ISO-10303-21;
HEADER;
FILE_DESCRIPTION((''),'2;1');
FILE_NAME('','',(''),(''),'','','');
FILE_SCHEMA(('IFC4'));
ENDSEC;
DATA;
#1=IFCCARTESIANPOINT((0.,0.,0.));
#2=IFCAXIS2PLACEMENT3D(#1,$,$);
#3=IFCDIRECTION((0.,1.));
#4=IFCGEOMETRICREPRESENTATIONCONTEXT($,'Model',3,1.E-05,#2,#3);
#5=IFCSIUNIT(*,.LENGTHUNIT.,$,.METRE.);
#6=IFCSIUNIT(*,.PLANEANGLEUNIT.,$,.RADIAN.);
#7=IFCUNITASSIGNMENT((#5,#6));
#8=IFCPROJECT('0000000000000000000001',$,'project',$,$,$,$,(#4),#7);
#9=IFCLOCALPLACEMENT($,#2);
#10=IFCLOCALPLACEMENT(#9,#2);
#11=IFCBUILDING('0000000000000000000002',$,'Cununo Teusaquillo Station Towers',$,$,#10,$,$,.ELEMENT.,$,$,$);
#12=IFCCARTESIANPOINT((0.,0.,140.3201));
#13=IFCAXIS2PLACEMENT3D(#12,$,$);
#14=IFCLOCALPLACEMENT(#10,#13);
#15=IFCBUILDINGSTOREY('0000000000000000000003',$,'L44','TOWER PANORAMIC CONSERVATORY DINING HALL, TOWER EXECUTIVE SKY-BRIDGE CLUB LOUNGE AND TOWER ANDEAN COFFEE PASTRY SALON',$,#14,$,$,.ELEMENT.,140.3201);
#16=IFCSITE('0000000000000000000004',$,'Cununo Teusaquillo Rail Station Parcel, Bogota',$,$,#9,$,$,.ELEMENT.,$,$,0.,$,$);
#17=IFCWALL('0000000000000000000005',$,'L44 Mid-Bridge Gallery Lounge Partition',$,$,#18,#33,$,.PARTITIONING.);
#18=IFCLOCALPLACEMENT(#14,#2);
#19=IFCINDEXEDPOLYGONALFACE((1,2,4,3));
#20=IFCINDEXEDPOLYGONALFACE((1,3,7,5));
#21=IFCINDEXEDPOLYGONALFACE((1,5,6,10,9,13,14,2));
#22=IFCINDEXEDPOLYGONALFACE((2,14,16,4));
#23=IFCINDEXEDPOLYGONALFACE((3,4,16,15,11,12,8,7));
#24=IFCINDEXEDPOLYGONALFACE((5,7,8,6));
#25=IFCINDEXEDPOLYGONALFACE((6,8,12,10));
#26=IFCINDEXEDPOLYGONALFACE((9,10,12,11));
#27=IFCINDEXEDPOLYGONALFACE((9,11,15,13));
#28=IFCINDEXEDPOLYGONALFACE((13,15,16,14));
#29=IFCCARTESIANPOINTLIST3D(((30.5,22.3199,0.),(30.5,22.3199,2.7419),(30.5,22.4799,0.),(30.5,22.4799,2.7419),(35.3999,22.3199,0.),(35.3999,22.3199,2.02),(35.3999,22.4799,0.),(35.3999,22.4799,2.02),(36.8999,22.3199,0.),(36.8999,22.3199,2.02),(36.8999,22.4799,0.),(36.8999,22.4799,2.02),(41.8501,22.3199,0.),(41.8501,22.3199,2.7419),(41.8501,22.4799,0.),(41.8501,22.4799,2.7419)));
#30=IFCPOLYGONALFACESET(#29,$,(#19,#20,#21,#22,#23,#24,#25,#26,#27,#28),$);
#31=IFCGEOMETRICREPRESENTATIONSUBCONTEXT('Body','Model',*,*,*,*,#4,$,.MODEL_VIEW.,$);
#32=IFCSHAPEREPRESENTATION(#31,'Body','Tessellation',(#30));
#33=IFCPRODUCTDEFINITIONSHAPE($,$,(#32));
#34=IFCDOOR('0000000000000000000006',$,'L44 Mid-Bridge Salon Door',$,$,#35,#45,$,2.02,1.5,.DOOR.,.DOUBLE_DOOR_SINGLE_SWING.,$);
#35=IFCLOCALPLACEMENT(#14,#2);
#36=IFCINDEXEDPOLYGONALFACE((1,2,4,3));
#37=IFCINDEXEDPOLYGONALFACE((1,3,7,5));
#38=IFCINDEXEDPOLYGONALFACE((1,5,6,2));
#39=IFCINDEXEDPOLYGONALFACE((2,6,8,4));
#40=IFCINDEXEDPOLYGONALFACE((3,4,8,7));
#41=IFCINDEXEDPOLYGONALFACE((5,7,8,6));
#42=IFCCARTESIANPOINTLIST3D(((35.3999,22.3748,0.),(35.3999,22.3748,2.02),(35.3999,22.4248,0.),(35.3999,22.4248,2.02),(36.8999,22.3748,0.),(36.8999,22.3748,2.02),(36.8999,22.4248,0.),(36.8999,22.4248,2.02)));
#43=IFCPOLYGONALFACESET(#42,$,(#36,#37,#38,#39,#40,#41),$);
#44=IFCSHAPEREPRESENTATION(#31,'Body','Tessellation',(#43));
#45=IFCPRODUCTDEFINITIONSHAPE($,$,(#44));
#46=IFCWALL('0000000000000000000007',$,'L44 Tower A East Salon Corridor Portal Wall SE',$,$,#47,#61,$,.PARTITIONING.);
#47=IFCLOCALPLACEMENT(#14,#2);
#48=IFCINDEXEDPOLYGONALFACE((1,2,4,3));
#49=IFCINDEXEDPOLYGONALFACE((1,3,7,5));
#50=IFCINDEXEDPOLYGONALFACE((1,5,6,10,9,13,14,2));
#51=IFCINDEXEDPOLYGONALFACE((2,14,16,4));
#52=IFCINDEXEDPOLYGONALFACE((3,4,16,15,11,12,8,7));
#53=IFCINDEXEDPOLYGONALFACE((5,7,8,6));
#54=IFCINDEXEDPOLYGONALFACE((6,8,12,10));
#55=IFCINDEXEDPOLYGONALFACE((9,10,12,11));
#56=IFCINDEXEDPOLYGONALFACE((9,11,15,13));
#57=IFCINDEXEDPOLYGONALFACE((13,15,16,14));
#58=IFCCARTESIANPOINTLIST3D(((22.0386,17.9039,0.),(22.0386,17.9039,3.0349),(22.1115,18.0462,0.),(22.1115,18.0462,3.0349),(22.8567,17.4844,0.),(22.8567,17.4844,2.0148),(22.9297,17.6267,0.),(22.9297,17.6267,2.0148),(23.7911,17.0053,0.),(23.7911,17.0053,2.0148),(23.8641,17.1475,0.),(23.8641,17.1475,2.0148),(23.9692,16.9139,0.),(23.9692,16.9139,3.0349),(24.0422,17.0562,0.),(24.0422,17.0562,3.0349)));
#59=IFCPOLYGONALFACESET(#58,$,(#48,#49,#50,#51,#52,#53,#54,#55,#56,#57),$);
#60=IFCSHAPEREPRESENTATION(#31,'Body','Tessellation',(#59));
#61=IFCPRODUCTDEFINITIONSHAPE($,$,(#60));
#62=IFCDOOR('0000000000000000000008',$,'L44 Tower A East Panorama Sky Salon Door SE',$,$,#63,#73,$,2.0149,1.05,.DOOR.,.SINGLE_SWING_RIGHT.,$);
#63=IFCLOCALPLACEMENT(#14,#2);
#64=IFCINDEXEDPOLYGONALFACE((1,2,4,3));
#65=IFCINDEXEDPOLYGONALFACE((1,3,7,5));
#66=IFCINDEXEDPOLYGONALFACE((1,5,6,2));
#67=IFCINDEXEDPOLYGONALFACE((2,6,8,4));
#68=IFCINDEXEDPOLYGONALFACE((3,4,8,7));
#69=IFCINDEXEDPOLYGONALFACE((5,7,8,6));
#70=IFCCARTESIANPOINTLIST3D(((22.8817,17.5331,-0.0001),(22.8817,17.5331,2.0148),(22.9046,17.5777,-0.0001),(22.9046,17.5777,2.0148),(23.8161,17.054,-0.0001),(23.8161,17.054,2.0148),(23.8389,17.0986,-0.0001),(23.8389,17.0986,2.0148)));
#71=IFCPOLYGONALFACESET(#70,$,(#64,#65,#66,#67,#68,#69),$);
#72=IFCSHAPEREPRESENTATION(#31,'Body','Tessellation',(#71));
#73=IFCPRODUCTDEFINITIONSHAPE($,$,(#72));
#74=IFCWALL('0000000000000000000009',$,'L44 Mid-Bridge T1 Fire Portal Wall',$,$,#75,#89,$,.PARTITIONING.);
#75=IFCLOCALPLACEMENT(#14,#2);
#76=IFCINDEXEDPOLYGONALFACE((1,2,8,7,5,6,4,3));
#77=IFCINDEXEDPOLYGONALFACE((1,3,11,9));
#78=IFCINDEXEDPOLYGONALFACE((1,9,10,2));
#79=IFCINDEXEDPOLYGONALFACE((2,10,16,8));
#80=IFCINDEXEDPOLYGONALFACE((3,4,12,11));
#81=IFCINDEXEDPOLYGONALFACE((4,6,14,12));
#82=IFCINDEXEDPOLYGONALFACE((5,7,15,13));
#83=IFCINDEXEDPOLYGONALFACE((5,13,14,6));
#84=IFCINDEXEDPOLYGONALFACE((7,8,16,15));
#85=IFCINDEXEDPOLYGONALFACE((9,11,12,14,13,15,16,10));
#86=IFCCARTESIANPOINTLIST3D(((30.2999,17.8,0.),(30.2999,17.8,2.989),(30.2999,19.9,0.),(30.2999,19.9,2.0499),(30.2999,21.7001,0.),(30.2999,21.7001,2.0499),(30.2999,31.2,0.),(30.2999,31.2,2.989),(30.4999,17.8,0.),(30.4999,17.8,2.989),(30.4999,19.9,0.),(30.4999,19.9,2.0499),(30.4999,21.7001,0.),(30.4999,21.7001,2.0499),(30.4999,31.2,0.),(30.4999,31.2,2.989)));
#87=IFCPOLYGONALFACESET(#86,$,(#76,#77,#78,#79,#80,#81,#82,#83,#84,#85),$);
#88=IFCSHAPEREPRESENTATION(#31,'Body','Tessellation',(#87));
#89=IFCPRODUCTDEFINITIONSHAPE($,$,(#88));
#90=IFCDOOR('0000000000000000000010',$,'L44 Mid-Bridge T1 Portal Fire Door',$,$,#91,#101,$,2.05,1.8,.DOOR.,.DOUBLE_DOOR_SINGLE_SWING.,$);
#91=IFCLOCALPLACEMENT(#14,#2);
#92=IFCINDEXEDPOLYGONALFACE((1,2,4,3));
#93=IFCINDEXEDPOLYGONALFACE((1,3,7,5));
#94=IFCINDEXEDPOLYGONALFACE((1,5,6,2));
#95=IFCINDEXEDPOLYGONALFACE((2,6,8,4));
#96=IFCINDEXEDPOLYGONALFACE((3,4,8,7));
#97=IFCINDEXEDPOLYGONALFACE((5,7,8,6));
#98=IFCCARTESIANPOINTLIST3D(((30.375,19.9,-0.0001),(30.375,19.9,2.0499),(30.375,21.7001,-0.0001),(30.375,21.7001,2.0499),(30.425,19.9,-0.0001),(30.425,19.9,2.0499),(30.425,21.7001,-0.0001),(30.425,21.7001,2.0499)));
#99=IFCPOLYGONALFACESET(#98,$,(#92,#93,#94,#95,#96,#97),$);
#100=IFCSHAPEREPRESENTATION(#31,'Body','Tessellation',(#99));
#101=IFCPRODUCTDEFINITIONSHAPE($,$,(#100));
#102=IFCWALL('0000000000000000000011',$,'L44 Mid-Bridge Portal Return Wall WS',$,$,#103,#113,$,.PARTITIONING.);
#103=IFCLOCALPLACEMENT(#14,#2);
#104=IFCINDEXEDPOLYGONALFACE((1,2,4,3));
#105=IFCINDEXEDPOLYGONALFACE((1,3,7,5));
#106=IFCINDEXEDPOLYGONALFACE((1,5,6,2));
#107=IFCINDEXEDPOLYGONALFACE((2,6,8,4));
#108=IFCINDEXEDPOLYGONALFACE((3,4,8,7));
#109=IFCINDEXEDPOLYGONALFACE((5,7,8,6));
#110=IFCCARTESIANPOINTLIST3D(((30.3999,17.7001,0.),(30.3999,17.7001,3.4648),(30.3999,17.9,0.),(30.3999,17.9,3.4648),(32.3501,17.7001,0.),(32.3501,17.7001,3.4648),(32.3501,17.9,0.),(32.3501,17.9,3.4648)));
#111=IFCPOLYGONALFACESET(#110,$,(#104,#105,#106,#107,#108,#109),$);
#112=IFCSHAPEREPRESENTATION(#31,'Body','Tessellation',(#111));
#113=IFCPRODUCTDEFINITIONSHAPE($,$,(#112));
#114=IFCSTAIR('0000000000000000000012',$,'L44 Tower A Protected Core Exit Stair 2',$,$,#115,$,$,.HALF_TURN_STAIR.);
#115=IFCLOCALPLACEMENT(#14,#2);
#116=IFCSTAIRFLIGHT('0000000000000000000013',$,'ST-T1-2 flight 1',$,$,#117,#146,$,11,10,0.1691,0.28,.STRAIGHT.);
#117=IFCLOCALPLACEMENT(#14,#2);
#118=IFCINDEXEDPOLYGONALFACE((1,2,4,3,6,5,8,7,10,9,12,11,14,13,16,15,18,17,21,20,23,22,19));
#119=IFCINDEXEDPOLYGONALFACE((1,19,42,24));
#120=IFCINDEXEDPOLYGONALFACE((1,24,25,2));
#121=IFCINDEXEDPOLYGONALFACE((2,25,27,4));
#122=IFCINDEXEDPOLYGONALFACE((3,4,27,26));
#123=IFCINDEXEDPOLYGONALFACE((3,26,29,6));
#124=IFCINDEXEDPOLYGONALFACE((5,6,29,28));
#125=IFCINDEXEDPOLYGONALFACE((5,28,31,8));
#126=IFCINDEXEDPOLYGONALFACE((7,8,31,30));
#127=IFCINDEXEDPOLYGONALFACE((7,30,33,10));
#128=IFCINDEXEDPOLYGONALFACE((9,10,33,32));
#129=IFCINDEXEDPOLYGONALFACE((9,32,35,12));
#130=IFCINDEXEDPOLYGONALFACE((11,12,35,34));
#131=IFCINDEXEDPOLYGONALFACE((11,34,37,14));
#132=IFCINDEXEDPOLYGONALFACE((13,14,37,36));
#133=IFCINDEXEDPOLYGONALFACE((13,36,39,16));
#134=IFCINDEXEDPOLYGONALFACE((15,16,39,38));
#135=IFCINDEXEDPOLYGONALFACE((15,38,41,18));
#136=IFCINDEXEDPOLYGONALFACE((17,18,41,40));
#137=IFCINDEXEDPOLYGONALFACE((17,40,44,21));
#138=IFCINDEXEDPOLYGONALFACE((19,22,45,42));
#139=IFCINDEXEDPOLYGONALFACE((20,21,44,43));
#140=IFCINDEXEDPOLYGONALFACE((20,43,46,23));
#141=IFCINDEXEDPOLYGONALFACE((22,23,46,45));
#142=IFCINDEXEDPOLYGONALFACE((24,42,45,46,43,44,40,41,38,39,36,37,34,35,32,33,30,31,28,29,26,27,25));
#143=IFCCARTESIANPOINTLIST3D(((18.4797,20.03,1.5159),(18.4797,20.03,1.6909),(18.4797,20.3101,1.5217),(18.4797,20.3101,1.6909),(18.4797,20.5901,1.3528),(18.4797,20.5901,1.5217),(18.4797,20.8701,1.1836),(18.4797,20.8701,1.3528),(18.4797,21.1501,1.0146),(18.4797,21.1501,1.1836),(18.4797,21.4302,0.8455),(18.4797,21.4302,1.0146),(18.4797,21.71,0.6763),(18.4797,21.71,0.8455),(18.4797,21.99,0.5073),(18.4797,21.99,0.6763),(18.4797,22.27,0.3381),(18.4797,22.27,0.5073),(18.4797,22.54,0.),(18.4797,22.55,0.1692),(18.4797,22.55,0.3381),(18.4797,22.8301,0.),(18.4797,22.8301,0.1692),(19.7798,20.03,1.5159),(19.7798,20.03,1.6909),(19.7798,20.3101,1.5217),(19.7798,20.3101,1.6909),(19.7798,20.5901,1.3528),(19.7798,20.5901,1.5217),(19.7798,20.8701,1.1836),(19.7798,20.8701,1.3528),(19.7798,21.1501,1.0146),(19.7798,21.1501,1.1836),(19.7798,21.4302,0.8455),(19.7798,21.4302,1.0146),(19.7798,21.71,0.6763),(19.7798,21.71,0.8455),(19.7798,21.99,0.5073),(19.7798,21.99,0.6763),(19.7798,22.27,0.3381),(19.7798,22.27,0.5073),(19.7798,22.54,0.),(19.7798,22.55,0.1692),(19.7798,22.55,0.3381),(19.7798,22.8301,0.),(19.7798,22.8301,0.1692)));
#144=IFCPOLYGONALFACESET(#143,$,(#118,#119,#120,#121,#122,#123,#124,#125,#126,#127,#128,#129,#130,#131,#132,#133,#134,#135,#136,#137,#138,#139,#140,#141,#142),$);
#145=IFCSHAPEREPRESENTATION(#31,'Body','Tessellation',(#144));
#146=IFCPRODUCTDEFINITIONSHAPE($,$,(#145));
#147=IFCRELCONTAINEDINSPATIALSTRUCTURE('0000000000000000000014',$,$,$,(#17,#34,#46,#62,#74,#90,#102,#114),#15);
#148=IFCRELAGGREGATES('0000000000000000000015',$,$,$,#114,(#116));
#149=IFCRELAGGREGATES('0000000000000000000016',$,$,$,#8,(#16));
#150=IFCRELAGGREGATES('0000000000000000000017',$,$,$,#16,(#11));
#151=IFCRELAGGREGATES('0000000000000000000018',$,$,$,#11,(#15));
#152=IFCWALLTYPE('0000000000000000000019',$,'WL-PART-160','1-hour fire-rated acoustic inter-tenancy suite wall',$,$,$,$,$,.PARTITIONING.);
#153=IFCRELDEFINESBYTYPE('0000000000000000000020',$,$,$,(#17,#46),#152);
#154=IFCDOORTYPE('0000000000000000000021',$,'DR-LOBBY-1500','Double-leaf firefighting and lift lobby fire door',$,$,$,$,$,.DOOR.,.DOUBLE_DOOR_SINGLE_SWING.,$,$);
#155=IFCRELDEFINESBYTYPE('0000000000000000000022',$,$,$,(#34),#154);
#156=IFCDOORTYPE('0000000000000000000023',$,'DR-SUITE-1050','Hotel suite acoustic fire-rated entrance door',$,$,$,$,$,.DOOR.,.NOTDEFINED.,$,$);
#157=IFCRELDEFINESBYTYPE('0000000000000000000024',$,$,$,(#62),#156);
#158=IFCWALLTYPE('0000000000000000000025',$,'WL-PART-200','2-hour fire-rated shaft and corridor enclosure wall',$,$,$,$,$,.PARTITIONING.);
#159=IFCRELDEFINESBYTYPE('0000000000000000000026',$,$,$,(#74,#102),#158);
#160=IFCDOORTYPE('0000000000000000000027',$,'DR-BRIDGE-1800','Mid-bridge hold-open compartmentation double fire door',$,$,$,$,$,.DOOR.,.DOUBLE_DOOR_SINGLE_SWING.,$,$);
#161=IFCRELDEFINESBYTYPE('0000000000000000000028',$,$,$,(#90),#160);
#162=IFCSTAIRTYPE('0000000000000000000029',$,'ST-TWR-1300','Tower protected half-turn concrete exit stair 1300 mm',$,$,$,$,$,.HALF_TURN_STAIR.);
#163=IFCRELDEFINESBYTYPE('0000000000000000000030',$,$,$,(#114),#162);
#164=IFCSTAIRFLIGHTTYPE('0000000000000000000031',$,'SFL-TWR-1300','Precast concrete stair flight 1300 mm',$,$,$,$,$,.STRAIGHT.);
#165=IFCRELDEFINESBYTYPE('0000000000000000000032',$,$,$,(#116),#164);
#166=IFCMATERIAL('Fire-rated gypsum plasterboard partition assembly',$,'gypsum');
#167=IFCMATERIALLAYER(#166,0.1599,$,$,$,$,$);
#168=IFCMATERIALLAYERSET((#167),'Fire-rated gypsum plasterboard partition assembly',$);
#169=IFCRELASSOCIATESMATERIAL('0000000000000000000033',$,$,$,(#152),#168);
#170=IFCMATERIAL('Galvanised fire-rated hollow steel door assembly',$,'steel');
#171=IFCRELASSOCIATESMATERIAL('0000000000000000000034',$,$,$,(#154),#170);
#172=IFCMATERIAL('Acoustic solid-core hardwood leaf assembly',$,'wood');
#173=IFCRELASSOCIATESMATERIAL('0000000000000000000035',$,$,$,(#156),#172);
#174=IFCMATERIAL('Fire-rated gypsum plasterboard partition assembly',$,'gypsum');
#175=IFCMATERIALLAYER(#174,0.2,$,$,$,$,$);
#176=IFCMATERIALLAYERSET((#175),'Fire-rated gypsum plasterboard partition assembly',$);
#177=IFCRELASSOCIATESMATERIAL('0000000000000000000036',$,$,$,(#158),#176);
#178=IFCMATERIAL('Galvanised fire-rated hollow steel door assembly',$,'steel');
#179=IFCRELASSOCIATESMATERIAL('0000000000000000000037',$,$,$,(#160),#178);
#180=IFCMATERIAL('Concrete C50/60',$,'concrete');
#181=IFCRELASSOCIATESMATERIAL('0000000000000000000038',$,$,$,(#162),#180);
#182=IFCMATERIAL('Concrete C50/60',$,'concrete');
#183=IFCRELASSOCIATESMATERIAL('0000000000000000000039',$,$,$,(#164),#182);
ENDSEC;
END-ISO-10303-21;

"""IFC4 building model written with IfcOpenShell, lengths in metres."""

from ifc_helpers import new_model, si_unit, direction, frame, frame_2d, origin, place, context, subcontext, project, spatial, polyline, rectangle, outline, extrude, source, transform, mapped, material, layer, layer_set, type_object, element, fill, aggregate, save


model = new_model("IFC4")

# Units and contexts
model_context = context("Model", 3, precision=1e-05, world=origin(), true_north=direction((0.0, 1.0)))
body_context = subcontext(model_context, "Body", "Model", "MODEL_VIEW")
ifc_project = project(units=[si_unit("LENGTHUNIT", "METRE"), si_unit("PLANEANGLEUNIT", "RADIAN")], contexts=[model_context])

# Site, building, storey
site_placement = place(None, origin())
site = spatial("IfcSite", under=ifc_project, at=site_placement, Name="Cununo Teusaquillo Rail Station Parcel, Bogota", CompositionType="ELEMENT", RefElevation=0.0)
building_placement = place(site_placement, origin())
building = spatial("IfcBuilding", under=site, at=building_placement, Name="Cununo Teusaquillo Station Towers", CompositionType="ELEMENT")
storey_placement = place(building_placement, frame((0.0, 0.0, 140.3201)))
storey = spatial("IfcBuildingStorey", under=building, at=storey_placement, Name="L44", Description="TOWER PANORAMIC CONSERVATORY DINING HALL, TOWER EXECUTIVE SKY-BRIDGE CLUB LOUNGE AND TOWER ANDEAN COFFEE PASTRY SALON", CompositionType="ELEMENT", Elevation=140.3201)

# Walls, openings, doors
ifc_material_1 = material(Name="Fire-rated gypsum plasterboard partition assembly", Category="gypsum")
ifc_layer_1 = layer(ifc_material_1, 0.1599)
ifc_layer_set_1 = layer_set([ifc_layer_1], Name="Fire-rated gypsum plasterboard partition assembly")
wall_type_1 = type_object("IfcWallType", Name="WL-PART-160", Description="1-hour fire-rated acoustic inter-tenancy suite wall", PredefinedType="PARTITIONING", material=ifc_layer_set_1)
wall_1_placement = place(storey_placement, frame((30.5, 22.3999, 0.0), z_axis=(0.0, 0.0, 1.0), x_axis=(1.0, 0.0, 0.0)))
wall_1 = element("IfcWall", 1, at=wall_1_placement, inside=storey, type_object=wall_type_1, Name="L44 Mid-Bridge Gallery Lounge Partition", PredefinedType="PARTITIONING", context=body_context, shape_type="SweptSolid", body=[
    extrude(rectangle(XDim=11.3501, YDim=0.1599, at=frame_2d((5.675, 0.0))), origin(), (0.0, 0.0, 1.0), 2.7419),
])
shared_shape_1 = source(origin(), body_context, "Body", "SweptSolid", [
    extrude(rectangle(XDim=1.5, YDim=2.02, at=frame_2d((0.75, 1.01))), frame((0.0, 0.0898, 0.0), z_axis=(0.0, -1.0, 0.0), x_axis=(1.0, 0.0, 0.0)), (0.0, 0.0, 1.0), 0.1799),
])
opening_1_placement = place(wall_1_placement, frame((4.8999, 0.0, 0.0)))
opening_1 = element("IfcOpeningElement", 2, at=opening_1_placement, cuts=wall_1, PredefinedType="OPENING", context=body_context, shape_type="MappedRepresentation", body=[
    mapped(shared_shape_1, transform((0.0, 0.0, 0.0), x_axis=(1.0, 0.0, 0.0), y_axis=(0.0, 1.0, 0.0), z_axis=(0.0, 0.0, 1.0), scale=1.0)),
])
ifc_material_2 = material(Name="Galvanised fire-rated hollow steel door assembly", Category="steel")
door_type_1 = type_object("IfcDoorType", Name="DR-LOBBY-1500", Description="Double-leaf firefighting and lift lobby fire door", OperationType="DOUBLE_DOOR_SINGLE_SWING", PredefinedType="DOOR", material=ifc_material_2)
shared_shape_2 = source(origin(), body_context, "Body", "SweptSolid", [
    extrude(rectangle(XDim=1.5, YDim=2.02, at=frame_2d((0.75, 1.01))), frame((0.0, 0.0249, 0.0), z_axis=(0.0, -1.0, 0.0), x_axis=(1.0, 0.0, 0.0)), (0.0, 0.0, 1.0), 0.05),
])
door_1_placement = place(opening_1_placement, origin())
door_1 = element("IfcDoor", 3, at=door_1_placement, inside=storey, type_object=door_type_1, Name="L44 Mid-Bridge Salon Door", OperationType="DOUBLE_DOOR_SINGLE_SWING", OverallHeight=2.02, OverallWidth=1.5, PredefinedType="DOOR", context=body_context, shape_type="MappedRepresentation", body=[
    mapped(shared_shape_2, transform((0.0, 0.0, 0.0), x_axis=(1.0, 0.0, 0.0), y_axis=(0.0, 1.0, 0.0), z_axis=(0.0, 0.0, 1.0), scale=1.0)),
])
fill(opening_1, door_1)
wall_2_placement = place(storey_placement, frame((22.075, 17.9751, 0.0), z_axis=(0.0, 0.0, 1.0), x_axis=(0.889835, -0.456282, 0.0)))
wall_2 = element("IfcWall", 4, at=wall_2_placement, inside=storey, type_object=wall_type_1, Name="L44 Tower A East Salon Corridor Portal Wall SE", PredefinedType="PARTITIONING", context=body_context, shape_type="SweptSolid", body=[
    extrude(rectangle(XDim=2.1697, YDim=0.1599, at=frame_2d((1.085, 0.0))), origin(), (0.0, 0.0, 1.0), 3.0349),
])
shared_shape_3 = source(origin(), body_context, "Body", "SweptSolid", [
    extrude(rectangle(XDim=1.05, YDim=2.0149, at=frame_2d((0.5249, 1.0073))), frame((0.0, 0.0898, 0.0), z_axis=(0.0, -1.0, 0.0), x_axis=(1.0, 0.0, 0.0)), (0.0, 0.0, 1.0), 0.1799),
])
opening_2_placement = place(wall_2_placement, frame((0.9197, 0.0, 0.0)))
opening_2 = element("IfcOpeningElement", 5, at=opening_2_placement, cuts=wall_2, PredefinedType="OPENING", context=body_context, shape_type="MappedRepresentation", body=[
    mapped(shared_shape_3, transform((0.0, 0.0, 0.0), x_axis=(1.0, 0.0, 0.0), y_axis=(0.0, 1.0, 0.0), z_axis=(0.0, 0.0, 1.0), scale=1.0)),
])
ifc_material_3 = material(Name="Acoustic solid-core hardwood leaf assembly", Category="wood")
door_type_2 = type_object("IfcDoorType", Name="DR-SUITE-1050", Description="Hotel suite acoustic fire-rated entrance door", OperationType="NOTDEFINED", PredefinedType="DOOR", material=ifc_material_3)
shared_shape_4 = source(origin(), body_context, "Body", "SweptSolid", [
    extrude(rectangle(XDim=1.05, YDim=2.0149, at=frame_2d((0.5249, 1.0073))), frame((0.0, 0.0249, 0.0), z_axis=(0.0, -1.0, 0.0), x_axis=(1.0, 0.0, 0.0)), (0.0, 0.0, 1.0), 0.05),
])
door_2_placement = place(opening_2_placement, origin())
door_2 = element("IfcDoor", 6, at=door_2_placement, inside=storey, type_object=door_type_2, Name="L44 Tower A East Panorama Sky Salon Door SE", OperationType="SINGLE_SWING_RIGHT", OverallHeight=2.0149, OverallWidth=1.05, PredefinedType="DOOR", context=body_context, shape_type="MappedRepresentation", body=[
    mapped(shared_shape_4, transform((0.0, 0.0, 0.0), x_axis=(1.0, 0.0, 0.0), y_axis=(0.0, 1.0, 0.0), z_axis=(0.0, 0.0, 1.0), scale=1.0)),
])
fill(opening_2, door_2)
ifc_material_4 = material(Name="Fire-rated gypsum plasterboard partition assembly", Category="gypsum")
ifc_layer_2 = layer(ifc_material_4, 0.2)
ifc_layer_set_2 = layer_set([ifc_layer_2], Name="Fire-rated gypsum plasterboard partition assembly")
wall_type_2 = type_object("IfcWallType", Name="WL-PART-200", Description="2-hour fire-rated shaft and corridor enclosure wall", PredefinedType="PARTITIONING", material=ifc_layer_set_2)
wall_3_placement = place(storey_placement, frame((30.3999, 17.8, 0.0), z_axis=(0.0, 0.0, 1.0), x_axis=(0.0, 1.0, 0.0)))
wall_3 = element("IfcWall", 7, at=wall_3_placement, inside=storey, type_object=wall_type_2, Name="L44 Mid-Bridge T1 Fire Portal Wall", PredefinedType="PARTITIONING", context=body_context, shape_type="SweptSolid", body=[
    extrude(rectangle(XDim=13.3999, YDim=0.2, at=frame_2d((6.7, 0.0))), origin(), (0.0, 0.0, 1.0), 2.989),
])
shared_shape_5 = source(origin(), body_context, "Body", "SweptSolid", [
    extrude(rectangle(XDim=1.8, YDim=2.05, at=frame_2d((0.8999, 1.0249))), frame((0.0, 0.1099, 0.0), z_axis=(0.0, -1.0, 0.0), x_axis=(1.0, 0.0, 0.0)), (0.0, 0.0, 1.0), 0.22),
])
opening_3_placement = place(wall_3_placement, frame((2.1001, 0.0, 0.0)))
opening_3 = element("IfcOpeningElement", 8, at=opening_3_placement, cuts=wall_3, PredefinedType="OPENING", context=body_context, shape_type="MappedRepresentation", body=[
    mapped(shared_shape_5, transform((0.0, 0.0, 0.0), x_axis=(1.0, 0.0, 0.0), y_axis=(0.0, 1.0, 0.0), z_axis=(0.0, 0.0, 1.0), scale=1.0)),
])
ifc_material_5 = material(Name="Galvanised fire-rated hollow steel door assembly", Category="steel")
door_type_3 = type_object("IfcDoorType", Name="DR-BRIDGE-1800", Description="Mid-bridge hold-open compartmentation double fire door", OperationType="DOUBLE_DOOR_SINGLE_SWING", PredefinedType="DOOR", material=ifc_material_5)
shared_shape_6 = source(origin(), body_context, "Body", "SweptSolid", [
    extrude(rectangle(XDim=1.8, YDim=2.05, at=frame_2d((0.8999, 1.0249))), frame((0.0, 0.0249, 0.0), z_axis=(0.0, -1.0, 0.0), x_axis=(1.0, 0.0, 0.0)), (0.0, 0.0, 1.0), 0.05),
])
door_3_placement = place(opening_3_placement, origin())
door_3 = element("IfcDoor", 9, at=door_3_placement, inside=storey, type_object=door_type_3, Name="L44 Mid-Bridge T1 Portal Fire Door", OperationType="DOUBLE_DOOR_SINGLE_SWING", OverallHeight=2.05, OverallWidth=1.8, PredefinedType="DOOR", context=body_context, shape_type="MappedRepresentation", body=[
    mapped(shared_shape_6, transform((0.0, 0.0, 0.0), x_axis=(1.0, 0.0, 0.0), y_axis=(0.0, 1.0, 0.0), z_axis=(0.0, 0.0, 1.0), scale=1.0)),
])
fill(opening_3, door_3)

# Wall
wall_4_placement = place(storey_placement, frame((30.3999, 17.8, 0.0), z_axis=(0.0, 0.0, 1.0), x_axis=(1.0, 0.0, 0.0)))
element("IfcWall", 10, at=wall_4_placement, inside=storey, type_object=wall_type_2, Name="L44 Mid-Bridge Portal Return Wall WS", PredefinedType="PARTITIONING", context=body_context, shape_type="SweptSolid", body=[
    extrude(rectangle(XDim=1.9502, YDim=0.2, at=frame_2d((0.9751, 0.0))), origin(), (0.0, 0.0, 1.0), 3.4648),
])

# Stair, stair flight
ifc_material_6 = material(Name="Concrete C50/60", Category="concrete")
stair_type = type_object("IfcStairType", Name="ST-TWR-1300", Description="Tower protected half-turn concrete exit stair 1300 mm", PredefinedType="HALF_TURN_STAIR", material=ifc_material_6)
stair_placement = place(storey_placement, origin())
stair = element("IfcStair", 11, at=stair_placement, inside=storey, type_object=stair_type, Name="L44 Tower A Protected Core Exit Stair 2", PredefinedType="HALF_TURN_STAIR")
ifc_material_7 = material(Name="Concrete C50/60", Category="concrete")
stair_flight_type = type_object("IfcStairFlightType", Name="SFL-TWR-1300", Description="Precast concrete stair flight 1300 mm", PredefinedType="STRAIGHT", material=ifc_material_7)
stair_flight_1_placement = place(storey_placement, frame((19.1299, 22.8301, 0.0), z_axis=(0.0, 0.0, 1.0), x_axis=(0.0, -1.0, 0.0)))
stair_flight_1 = element("IfcStairFlight", 12, at=stair_flight_1_placement, type_object=stair_flight_type, Name="ST-T1-2 flight 1", NumberOfRisers=11, NumberOfTreads=10, PredefinedType="STRAIGHT", RiserHeight=0.1691, TreadLength=0.28, context=body_context, shape_type="SweptSolid", body=[
    extrude(outline(polyline([(0.0, 0.0), (0.0, 0.1692), (0.28, 0.1692), (0.28, 0.3381), (0.5601, 0.3381), (0.5601, 0.5073), (0.8401, 0.5073), (0.8401, 0.6763), (1.1201, 0.6763), (1.1201, 0.8455), (1.3999, 0.8455), (1.3999, 1.0146), (1.6799, 1.0146), (1.6799, 1.1836), (1.96, 1.1836), (1.96, 1.3528), (2.24, 1.3528), (2.24, 1.5217), (2.52, 1.5217), (2.52, 1.6909), (2.8, 1.6909), (2.8, 1.8601), (2.8, 1.5159), (0.29, 0.0), (0.0, 0.0)])), frame((0.0, 0.6499, 0.0), z_axis=(0.0, -1.0, 0.0), x_axis=(1.0, 0.0, 0.0)), (0.0, 0.0, 1.0), 1.3),
])
aggregate(stair, [stair_flight_1])

save(model, "model.ifc")
